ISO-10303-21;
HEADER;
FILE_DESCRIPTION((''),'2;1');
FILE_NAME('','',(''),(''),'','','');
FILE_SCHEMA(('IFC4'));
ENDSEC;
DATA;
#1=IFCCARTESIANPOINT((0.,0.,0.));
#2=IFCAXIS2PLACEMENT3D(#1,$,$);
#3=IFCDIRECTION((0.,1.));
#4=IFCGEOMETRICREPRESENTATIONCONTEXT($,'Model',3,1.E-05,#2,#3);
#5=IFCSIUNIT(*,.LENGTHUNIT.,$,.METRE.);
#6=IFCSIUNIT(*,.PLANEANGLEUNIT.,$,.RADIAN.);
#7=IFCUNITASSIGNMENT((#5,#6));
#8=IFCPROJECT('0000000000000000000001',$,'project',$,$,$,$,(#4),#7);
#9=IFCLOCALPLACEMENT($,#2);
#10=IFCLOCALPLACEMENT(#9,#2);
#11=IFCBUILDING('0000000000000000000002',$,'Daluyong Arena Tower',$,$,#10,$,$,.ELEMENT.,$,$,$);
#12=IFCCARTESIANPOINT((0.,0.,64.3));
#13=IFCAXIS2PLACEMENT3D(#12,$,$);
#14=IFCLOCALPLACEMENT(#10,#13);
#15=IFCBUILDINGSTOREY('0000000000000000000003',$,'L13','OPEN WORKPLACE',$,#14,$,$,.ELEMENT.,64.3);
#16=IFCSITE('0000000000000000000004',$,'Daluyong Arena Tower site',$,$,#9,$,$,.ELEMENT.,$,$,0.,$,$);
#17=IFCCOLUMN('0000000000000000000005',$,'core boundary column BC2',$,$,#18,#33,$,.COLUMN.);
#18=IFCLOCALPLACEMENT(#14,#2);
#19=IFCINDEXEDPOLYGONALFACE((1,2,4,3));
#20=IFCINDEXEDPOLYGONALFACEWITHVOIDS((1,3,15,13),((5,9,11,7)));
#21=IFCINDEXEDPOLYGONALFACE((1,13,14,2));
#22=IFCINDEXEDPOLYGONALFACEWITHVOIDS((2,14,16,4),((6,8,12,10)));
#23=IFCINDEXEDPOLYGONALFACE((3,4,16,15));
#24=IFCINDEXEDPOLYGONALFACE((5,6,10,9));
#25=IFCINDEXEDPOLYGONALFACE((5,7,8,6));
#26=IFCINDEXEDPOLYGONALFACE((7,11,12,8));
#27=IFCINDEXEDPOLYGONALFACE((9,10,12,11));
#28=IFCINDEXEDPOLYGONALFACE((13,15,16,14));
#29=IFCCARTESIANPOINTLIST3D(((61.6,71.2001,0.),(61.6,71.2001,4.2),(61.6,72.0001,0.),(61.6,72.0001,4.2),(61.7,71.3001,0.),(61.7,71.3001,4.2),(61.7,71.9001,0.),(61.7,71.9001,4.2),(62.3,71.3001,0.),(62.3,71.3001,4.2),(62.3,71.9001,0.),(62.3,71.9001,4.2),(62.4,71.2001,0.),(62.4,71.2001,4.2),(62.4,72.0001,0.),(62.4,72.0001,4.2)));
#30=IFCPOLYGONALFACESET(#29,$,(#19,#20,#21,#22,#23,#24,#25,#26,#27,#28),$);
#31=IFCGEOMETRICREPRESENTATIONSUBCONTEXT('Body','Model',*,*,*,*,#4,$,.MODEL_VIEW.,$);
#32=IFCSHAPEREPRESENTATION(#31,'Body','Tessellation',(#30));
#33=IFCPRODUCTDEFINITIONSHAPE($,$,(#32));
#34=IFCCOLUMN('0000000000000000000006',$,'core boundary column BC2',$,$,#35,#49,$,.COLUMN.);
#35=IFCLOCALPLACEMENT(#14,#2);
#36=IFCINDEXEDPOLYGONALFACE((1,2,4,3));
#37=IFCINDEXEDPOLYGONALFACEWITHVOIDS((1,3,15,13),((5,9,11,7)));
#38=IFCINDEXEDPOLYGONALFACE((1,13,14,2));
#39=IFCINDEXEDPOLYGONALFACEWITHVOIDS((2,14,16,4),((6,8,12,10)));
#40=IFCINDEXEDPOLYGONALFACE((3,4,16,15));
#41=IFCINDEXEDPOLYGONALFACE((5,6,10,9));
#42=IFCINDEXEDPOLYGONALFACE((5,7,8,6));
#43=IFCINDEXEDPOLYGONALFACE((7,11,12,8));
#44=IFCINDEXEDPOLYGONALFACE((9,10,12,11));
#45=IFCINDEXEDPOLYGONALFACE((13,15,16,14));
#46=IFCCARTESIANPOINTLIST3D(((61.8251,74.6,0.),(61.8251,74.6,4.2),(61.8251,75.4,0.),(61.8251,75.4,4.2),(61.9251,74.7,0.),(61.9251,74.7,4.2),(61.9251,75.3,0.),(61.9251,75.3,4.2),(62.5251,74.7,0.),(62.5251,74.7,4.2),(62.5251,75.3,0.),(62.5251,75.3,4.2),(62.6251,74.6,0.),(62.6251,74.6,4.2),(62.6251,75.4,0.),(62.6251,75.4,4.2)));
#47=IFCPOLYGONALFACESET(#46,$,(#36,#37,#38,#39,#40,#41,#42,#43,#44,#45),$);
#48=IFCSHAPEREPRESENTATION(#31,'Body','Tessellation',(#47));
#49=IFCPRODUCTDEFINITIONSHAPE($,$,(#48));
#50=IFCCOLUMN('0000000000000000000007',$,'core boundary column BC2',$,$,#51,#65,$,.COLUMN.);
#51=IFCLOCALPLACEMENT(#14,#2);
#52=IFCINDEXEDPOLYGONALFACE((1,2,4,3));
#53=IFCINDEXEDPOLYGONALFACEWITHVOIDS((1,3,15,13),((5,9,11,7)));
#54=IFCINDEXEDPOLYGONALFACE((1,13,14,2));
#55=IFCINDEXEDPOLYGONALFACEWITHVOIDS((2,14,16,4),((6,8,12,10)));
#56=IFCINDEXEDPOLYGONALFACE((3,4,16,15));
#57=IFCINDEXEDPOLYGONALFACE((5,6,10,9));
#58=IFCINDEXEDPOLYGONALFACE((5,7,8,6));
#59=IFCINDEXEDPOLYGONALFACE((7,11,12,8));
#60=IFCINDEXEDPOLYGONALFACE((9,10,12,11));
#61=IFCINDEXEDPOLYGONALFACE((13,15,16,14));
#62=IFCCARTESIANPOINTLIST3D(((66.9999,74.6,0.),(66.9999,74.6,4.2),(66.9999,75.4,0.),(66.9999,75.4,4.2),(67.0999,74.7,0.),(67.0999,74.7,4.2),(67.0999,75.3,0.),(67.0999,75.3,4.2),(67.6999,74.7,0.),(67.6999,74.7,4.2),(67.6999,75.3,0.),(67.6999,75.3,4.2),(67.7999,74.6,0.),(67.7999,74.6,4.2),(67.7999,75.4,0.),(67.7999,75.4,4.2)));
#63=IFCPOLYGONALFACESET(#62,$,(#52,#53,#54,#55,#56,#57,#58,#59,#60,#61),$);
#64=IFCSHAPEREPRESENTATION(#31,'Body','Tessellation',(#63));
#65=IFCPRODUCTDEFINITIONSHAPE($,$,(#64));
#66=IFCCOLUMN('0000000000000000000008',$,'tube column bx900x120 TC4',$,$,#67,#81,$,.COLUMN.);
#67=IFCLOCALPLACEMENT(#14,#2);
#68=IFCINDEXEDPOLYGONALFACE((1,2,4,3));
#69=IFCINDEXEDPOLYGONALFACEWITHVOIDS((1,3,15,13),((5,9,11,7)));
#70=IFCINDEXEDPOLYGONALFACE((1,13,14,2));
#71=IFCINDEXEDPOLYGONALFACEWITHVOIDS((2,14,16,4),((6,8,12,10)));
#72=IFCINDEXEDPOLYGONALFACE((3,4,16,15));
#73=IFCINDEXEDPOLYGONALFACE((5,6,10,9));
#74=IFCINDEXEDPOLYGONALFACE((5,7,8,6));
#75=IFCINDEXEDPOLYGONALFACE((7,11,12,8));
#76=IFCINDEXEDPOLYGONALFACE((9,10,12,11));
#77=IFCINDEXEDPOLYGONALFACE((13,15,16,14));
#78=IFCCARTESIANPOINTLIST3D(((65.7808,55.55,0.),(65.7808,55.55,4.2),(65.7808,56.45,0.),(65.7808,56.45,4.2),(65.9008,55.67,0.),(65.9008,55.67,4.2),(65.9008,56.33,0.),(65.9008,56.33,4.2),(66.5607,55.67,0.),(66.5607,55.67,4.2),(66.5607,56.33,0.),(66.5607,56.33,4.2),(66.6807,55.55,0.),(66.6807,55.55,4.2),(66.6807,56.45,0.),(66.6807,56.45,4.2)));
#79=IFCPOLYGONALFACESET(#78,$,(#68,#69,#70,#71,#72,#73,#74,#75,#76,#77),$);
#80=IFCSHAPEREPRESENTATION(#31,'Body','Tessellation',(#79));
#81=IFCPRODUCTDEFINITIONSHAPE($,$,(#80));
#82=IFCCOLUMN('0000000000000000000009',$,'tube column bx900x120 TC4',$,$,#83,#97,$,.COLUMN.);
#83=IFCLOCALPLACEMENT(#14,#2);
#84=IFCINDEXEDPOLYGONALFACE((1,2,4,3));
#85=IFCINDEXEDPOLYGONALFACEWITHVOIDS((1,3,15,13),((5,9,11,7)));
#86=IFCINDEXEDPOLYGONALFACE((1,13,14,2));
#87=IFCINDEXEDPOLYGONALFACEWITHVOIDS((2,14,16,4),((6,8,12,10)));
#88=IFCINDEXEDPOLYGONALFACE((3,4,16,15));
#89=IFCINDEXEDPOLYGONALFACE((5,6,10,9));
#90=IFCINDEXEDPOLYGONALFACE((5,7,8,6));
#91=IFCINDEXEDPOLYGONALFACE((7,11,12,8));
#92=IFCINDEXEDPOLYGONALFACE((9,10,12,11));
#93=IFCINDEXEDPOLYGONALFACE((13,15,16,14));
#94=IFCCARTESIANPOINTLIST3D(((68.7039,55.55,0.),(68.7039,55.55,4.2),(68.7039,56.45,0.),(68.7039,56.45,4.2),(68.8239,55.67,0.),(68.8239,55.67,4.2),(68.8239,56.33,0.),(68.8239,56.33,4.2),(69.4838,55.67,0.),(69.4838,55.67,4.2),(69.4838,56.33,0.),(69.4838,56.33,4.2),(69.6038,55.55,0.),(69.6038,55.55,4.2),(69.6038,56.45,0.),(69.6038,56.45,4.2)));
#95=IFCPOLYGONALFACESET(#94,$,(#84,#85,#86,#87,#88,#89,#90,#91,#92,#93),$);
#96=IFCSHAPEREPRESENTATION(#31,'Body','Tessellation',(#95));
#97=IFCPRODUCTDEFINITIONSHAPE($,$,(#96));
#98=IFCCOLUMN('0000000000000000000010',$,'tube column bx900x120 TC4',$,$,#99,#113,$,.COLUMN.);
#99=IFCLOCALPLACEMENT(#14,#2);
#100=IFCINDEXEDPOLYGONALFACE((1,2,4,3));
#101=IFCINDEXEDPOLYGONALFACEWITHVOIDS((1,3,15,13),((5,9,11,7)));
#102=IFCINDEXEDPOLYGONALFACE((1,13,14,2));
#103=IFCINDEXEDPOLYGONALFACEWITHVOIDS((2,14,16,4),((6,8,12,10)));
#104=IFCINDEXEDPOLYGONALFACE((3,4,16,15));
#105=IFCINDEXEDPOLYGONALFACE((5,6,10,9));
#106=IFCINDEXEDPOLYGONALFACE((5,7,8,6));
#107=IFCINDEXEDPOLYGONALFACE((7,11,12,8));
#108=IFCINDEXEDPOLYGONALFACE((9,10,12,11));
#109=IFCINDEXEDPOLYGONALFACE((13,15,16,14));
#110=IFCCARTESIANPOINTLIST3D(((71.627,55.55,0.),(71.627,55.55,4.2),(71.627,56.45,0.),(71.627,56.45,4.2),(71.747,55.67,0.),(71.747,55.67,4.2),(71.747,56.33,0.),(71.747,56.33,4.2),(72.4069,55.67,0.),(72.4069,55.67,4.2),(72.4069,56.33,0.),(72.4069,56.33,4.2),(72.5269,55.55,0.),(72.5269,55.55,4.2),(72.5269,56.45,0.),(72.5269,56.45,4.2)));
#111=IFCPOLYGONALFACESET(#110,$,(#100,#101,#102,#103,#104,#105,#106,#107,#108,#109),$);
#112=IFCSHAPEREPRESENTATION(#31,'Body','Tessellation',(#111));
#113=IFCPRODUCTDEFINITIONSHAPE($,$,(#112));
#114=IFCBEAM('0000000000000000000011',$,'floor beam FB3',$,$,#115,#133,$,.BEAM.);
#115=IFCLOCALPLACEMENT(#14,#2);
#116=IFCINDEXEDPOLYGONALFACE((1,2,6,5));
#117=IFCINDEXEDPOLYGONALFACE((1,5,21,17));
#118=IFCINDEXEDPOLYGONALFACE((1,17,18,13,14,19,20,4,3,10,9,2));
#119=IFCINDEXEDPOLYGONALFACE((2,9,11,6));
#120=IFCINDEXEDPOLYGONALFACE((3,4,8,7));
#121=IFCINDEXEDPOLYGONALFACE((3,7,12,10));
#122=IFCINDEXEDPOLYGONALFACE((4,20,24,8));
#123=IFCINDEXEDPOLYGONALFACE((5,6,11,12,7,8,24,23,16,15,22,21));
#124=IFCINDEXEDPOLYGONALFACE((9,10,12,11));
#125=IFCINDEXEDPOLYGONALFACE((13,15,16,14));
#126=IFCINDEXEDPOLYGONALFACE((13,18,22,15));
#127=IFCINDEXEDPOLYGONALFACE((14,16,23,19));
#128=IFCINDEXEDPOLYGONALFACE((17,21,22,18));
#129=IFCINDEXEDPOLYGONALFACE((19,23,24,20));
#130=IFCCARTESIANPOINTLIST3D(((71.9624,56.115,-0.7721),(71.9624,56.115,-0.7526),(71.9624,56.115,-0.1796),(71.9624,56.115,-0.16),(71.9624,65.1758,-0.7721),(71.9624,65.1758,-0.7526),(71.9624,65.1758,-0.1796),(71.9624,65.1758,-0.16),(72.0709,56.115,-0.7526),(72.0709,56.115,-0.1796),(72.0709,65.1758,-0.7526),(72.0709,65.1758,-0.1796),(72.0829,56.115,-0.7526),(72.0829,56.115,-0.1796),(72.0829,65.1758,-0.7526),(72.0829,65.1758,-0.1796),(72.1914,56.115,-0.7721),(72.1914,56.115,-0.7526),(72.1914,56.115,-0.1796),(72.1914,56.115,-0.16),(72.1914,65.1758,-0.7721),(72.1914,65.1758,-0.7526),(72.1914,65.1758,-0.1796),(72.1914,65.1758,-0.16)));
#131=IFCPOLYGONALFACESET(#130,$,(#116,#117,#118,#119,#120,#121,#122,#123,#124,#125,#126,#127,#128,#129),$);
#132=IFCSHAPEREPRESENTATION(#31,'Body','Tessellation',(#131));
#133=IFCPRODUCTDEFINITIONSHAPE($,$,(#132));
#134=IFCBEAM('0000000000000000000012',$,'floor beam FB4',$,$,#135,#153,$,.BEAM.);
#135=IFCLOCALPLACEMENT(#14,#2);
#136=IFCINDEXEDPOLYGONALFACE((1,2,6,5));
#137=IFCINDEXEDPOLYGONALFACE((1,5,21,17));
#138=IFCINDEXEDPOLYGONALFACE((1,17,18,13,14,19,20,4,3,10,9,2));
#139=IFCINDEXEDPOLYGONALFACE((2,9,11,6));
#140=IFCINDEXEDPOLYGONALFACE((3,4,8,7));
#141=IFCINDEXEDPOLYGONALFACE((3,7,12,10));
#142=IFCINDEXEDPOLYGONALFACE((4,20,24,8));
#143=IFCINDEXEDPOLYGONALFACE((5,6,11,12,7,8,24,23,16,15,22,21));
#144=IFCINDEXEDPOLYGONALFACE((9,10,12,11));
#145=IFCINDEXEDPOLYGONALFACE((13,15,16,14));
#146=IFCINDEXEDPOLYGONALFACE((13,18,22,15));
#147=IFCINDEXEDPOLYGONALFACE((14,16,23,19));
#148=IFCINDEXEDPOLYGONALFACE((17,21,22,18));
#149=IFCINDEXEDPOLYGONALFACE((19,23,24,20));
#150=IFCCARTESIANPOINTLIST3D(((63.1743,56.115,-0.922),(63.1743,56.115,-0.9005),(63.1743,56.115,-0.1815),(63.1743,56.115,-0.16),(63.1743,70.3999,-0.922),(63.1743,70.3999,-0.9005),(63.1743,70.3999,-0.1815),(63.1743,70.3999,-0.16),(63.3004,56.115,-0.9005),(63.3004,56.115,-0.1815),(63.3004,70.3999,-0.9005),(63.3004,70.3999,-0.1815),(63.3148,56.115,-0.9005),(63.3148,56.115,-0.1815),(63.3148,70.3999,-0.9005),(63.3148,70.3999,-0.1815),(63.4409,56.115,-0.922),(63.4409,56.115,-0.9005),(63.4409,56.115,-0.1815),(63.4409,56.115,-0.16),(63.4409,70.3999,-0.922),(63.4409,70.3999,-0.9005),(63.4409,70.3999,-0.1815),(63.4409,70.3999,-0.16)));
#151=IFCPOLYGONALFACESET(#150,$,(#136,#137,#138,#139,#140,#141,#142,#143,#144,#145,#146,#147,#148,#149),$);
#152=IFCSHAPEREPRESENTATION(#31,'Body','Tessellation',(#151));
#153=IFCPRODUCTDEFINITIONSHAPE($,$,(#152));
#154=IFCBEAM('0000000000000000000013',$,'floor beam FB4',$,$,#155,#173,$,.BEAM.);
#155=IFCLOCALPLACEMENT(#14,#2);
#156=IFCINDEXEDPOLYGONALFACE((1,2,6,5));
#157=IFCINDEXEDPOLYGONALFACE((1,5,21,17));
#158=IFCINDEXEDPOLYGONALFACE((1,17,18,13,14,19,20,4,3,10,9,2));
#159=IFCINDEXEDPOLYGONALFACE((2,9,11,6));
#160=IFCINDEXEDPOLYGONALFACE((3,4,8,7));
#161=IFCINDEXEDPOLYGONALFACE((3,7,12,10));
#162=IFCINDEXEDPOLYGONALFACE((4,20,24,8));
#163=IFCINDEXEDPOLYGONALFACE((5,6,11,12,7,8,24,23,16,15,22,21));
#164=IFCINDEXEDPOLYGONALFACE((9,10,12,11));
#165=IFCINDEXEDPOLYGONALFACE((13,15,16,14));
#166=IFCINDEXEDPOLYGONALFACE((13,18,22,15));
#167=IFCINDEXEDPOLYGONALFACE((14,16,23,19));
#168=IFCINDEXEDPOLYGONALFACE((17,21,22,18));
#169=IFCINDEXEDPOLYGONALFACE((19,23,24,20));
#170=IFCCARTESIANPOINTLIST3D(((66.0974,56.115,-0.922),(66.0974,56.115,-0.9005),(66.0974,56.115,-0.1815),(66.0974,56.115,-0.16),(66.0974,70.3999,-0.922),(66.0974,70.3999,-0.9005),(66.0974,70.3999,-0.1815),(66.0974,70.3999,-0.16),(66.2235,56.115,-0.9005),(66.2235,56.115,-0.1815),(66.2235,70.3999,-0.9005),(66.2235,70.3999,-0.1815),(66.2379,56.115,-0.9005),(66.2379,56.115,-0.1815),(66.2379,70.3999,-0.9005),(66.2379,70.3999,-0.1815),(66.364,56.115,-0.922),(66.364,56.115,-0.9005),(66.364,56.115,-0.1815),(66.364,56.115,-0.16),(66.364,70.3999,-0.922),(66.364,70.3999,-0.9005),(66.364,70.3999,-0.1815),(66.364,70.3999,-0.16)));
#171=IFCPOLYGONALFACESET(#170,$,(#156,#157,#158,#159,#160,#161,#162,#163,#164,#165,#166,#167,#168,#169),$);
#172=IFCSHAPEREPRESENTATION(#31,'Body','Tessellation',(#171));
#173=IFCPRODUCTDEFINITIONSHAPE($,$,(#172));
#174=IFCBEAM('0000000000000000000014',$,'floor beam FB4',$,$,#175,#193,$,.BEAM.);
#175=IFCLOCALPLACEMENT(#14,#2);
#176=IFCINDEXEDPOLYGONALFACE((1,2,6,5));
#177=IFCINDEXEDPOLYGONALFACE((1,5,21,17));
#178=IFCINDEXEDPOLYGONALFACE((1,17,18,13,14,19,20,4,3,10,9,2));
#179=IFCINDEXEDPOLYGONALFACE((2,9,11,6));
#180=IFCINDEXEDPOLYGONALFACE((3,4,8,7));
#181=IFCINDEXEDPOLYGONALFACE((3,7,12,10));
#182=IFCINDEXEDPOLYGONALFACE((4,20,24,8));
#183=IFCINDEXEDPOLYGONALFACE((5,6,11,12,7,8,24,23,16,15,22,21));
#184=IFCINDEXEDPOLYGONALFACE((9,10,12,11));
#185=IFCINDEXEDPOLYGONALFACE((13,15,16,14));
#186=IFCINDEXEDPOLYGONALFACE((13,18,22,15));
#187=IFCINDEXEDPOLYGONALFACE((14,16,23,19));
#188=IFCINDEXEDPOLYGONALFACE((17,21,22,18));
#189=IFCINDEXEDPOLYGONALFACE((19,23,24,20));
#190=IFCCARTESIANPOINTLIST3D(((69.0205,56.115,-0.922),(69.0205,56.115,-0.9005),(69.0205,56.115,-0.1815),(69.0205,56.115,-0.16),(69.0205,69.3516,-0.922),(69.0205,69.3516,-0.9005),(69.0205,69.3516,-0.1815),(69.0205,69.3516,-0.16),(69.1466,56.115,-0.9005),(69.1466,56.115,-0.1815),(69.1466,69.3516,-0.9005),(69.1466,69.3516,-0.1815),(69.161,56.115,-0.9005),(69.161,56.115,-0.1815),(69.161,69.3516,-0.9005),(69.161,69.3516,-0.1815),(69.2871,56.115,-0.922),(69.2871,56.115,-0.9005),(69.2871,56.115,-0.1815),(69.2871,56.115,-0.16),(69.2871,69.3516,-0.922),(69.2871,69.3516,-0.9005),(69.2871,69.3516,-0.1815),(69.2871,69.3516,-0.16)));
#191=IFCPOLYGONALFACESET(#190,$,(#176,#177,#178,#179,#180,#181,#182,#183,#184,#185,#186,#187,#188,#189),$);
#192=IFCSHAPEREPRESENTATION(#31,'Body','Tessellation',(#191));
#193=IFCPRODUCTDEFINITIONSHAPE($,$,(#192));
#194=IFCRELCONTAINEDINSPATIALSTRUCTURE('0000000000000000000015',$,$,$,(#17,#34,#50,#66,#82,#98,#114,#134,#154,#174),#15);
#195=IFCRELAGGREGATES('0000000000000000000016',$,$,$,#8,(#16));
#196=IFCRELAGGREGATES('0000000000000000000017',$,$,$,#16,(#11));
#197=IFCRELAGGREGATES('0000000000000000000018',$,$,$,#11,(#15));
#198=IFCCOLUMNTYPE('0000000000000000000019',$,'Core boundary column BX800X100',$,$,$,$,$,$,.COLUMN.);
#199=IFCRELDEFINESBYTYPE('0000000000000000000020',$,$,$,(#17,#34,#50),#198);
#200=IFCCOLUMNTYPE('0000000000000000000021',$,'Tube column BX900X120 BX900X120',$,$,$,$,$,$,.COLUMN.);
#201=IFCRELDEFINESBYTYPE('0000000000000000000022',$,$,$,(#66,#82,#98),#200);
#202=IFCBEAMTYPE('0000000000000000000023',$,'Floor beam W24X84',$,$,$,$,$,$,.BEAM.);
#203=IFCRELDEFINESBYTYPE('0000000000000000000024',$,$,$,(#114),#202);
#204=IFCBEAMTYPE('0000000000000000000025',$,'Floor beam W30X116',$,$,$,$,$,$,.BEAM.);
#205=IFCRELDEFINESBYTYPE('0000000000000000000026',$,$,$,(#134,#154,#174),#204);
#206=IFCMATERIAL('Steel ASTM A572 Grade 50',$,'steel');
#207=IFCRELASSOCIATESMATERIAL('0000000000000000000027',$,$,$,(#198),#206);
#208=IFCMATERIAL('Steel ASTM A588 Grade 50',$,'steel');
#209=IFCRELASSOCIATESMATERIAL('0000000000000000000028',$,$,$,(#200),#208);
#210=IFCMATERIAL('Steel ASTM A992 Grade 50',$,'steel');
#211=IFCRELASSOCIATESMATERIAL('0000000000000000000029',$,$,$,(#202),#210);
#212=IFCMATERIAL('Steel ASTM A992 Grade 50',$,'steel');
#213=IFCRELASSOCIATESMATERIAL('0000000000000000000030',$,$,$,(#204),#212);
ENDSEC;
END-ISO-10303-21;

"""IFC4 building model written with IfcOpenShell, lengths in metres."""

from ifc_helpers import new_model, si_unit, direction, frame, origin, origin_2d, place, context, subcontext, project, spatial, hollow_rectangle, i_section, extrude, material, material_profile, profile_set, type_object, element, save


model = new_model("IFC4")

# Units and contexts
model_context = context("Model", 3, precision=1e-05, world=origin(), true_north=direction((0.0, 1.0)))
body_context = subcontext(model_context, "Body", "Model", "MODEL_VIEW")
ifc_project = project(units=[si_unit("LENGTHUNIT", "METRE"), si_unit("PLANEANGLEUNIT", "RADIAN")], contexts=[model_context])

# Site, building, storey
site_placement = place(None, origin())
site = spatial("IfcSite", under=ifc_project, at=site_placement, Name="Daluyong Arena Tower site", CompositionType="ELEMENT", RefElevation=0.0)
building_placement = place(site_placement, origin())
building = spatial("IfcBuilding", under=site, at=building_placement, Name="Daluyong Arena Tower", CompositionType="ELEMENT")
storey_placement = place(building_placement, frame((0.0, 0.0, 64.3)))
storey = spatial("IfcBuildingStorey", under=building, at=storey_placement, Name="L13", Description="OPEN WORKPLACE", CompositionType="ELEMENT", Elevation=64.3)

# Columns
ifc_material_1 = material(Name="Steel ASTM A572 Grade 50", Category="steel")
ifc_material_profile_1 = material_profile(ifc_material_1, hollow_rectangle(XDim=0.8, YDim=0.8, WallThickness=0.1, at=origin_2d()))
ifc_profile_set_1 = profile_set([ifc_material_profile_1], Name="Steel ASTM A572 Grade 50")
column_type_1 = type_object("IfcColumnType", Name="Core boundary column BX800X100", PredefinedType="COLUMN", material=ifc_profile_set_1)
for number, where, z_axis, x_axis, name in (
    (1, (62.0, 71.6001, 0.0), (0.0, 0.0, 1.0), (1.0, 0.0, 0.0), "core boundary column BC2"),
    (2, (62.2251, 75.0, 0.0), (0.0, 0.0, 1.0), (1.0, 0.0, 0.0), "core boundary column BC2"),
    (3, (67.3999, 75.0, 0.0), (0.0, 0.0, 1.0), (1.0, 0.0, 0.0), "core boundary column BC2"),
):
    element("IfcColumn", number, at=place(storey_placement, frame(where, z_axis=z_axis, x_axis=x_axis)), inside=storey, type_object=column_type_1, Name=name, PredefinedType="COLUMN", context=body_context, shape_type="SweptSolid", body=[
        extrude(hollow_rectangle(XDim=0.8, YDim=0.8, WallThickness=0.1, at=origin_2d()), origin(), (0.0, 0.0, 1.0), 4.2),
    ])
ifc_material_2 = material(Name="Steel ASTM A588 Grade 50", Category="steel")
ifc_material_profile_2 = material_profile(ifc_material_2, hollow_rectangle(XDim=0.8999, YDim=0.8999, WallThickness=0.12, at=origin_2d()))
ifc_profile_set_2 = profile_set([ifc_material_profile_2], Name="Steel ASTM A588 Grade 50")
column_type_2 = type_object("IfcColumnType", Name="Tube column BX900X120 BX900X120", PredefinedType="COLUMN", material=ifc_profile_set_2)
for number, where, z_axis, x_axis, name in (
    (4, (66.2307, 56.0, 0.0), (0.0, 0.0, 1.0), (1.0, 0.0, 0.0), "tube column bx900x120 TC4"),
    (5, (69.1538, 56.0, 0.0), (0.0, 0.0, 1.0), (1.0, 0.0, 0.0), "tube column bx900x120 TC4"),
    (6, (72.0769, 56.0, 0.0), (0.0, 0.0, 1.0), (1.0, 0.0, 0.0), "tube column bx900x120 TC4"),
):
    element("IfcColumn", number, at=place(storey_placement, frame(where, z_axis=z_axis, x_axis=x_axis)), inside=storey, type_object=column_type_2, Name=name, PredefinedType="COLUMN", context=body_context, shape_type="SweptSolid", body=[
        extrude(hollow_rectangle(XDim=0.8999, YDim=0.8999, WallThickness=0.12, at=origin_2d()), origin(), (0.0, 0.0, 1.0), 4.2),
    ])

# Beams
ifc_material_3 = material(Name="Steel ASTM A992 Grade 50", Category="steel")
ifc_material_profile_3 = material_profile(ifc_material_3, i_section(OverallWidth=0.229, OverallDepth=0.6121, WebThickness=0.012, FlangeThickness=0.0195, at=origin_2d()))
ifc_profile_set_3 = profile_set([ifc_material_profile_3], Name="Steel ASTM A992 Grade 50")
beam_type_1 = type_object("IfcBeamType", Name="Floor beam W24X84", PredefinedType="BEAM", material=ifc_profile_set_3)
beam_1_placement = place(storey_placement, frame((72.0769, 56.115, -0.4661), z_axis=(0.0, 1.0, 0.0), x_axis=(-1.0, 0.0, 0.0)))
element("IfcBeam", 7, at=beam_1_placement, inside=storey, type_object=beam_type_1, Name="floor beam FB3", PredefinedType="BEAM", context=body_context, shape_type="SweptSolid", body=[
    extrude(i_section(OverallWidth=0.229, OverallDepth=0.6121, WebThickness=0.012, FlangeThickness=0.0195, at=origin_2d()), origin(), (0.0, 0.0, 1.0), 9.0608),
])
ifc_material_4 = material(Name="Steel ASTM A992 Grade 50", Category="steel")
ifc_material_profile_4 = material_profile(ifc_material_4, i_section(OverallWidth=0.2666, OverallDepth=0.762, WebThickness=0.0144, FlangeThickness=0.0215, at=origin_2d()))
ifc_profile_set_4 = profile_set([ifc_material_profile_4], Name="Steel ASTM A992 Grade 50")
beam_type_2 = type_object("IfcBeamType", Name="Floor beam W30X116", PredefinedType="BEAM", material=ifc_profile_set_4)
for number, where, z_axis, x_axis, name in (
    (8, (63.3076, 56.115, -0.541), (0.0, 1.0, 0.0), (-1.0, 0.0, 0.0), "floor beam FB4"),
    (9, (66.2307, 56.115, -0.541), (0.0, 1.0, 0.0), (-1.0, 0.0, 0.0), "floor beam FB4"),
):
    element("IfcBeam", number, at=place(storey_placement, frame(where, z_axis=z_axis, x_axis=x_axis)), inside=storey, type_object=beam_type_2, Name=name, PredefinedType="BEAM", context=body_context, shape_type="SweptSolid", body=[
        extrude(i_section(OverallWidth=0.2666, OverallDepth=0.762, WebThickness=0.0144, FlangeThickness=0.0215, at=origin_2d()), origin(), (0.0, 0.0, 1.0), 14.2849),
    ])
beam_2_placement = place(storey_placement, frame((69.1538, 56.115, -0.541), z_axis=(0.0, 1.0, 0.0), x_axis=(-1.0, 0.0, 0.0)))
element("IfcBeam", 10, at=beam_2_placement, inside=storey, type_object=beam_type_2, Name="floor beam FB4", PredefinedType="BEAM", context=body_context, shape_type="SweptSolid", body=[
    extrude(i_section(OverallWidth=0.2666, OverallDepth=0.762, WebThickness=0.0144, FlangeThickness=0.0215, at=origin_2d()), origin(), (0.0, 0.0, 1.0), 13.2366),
])

save(model, "model.ifc")
